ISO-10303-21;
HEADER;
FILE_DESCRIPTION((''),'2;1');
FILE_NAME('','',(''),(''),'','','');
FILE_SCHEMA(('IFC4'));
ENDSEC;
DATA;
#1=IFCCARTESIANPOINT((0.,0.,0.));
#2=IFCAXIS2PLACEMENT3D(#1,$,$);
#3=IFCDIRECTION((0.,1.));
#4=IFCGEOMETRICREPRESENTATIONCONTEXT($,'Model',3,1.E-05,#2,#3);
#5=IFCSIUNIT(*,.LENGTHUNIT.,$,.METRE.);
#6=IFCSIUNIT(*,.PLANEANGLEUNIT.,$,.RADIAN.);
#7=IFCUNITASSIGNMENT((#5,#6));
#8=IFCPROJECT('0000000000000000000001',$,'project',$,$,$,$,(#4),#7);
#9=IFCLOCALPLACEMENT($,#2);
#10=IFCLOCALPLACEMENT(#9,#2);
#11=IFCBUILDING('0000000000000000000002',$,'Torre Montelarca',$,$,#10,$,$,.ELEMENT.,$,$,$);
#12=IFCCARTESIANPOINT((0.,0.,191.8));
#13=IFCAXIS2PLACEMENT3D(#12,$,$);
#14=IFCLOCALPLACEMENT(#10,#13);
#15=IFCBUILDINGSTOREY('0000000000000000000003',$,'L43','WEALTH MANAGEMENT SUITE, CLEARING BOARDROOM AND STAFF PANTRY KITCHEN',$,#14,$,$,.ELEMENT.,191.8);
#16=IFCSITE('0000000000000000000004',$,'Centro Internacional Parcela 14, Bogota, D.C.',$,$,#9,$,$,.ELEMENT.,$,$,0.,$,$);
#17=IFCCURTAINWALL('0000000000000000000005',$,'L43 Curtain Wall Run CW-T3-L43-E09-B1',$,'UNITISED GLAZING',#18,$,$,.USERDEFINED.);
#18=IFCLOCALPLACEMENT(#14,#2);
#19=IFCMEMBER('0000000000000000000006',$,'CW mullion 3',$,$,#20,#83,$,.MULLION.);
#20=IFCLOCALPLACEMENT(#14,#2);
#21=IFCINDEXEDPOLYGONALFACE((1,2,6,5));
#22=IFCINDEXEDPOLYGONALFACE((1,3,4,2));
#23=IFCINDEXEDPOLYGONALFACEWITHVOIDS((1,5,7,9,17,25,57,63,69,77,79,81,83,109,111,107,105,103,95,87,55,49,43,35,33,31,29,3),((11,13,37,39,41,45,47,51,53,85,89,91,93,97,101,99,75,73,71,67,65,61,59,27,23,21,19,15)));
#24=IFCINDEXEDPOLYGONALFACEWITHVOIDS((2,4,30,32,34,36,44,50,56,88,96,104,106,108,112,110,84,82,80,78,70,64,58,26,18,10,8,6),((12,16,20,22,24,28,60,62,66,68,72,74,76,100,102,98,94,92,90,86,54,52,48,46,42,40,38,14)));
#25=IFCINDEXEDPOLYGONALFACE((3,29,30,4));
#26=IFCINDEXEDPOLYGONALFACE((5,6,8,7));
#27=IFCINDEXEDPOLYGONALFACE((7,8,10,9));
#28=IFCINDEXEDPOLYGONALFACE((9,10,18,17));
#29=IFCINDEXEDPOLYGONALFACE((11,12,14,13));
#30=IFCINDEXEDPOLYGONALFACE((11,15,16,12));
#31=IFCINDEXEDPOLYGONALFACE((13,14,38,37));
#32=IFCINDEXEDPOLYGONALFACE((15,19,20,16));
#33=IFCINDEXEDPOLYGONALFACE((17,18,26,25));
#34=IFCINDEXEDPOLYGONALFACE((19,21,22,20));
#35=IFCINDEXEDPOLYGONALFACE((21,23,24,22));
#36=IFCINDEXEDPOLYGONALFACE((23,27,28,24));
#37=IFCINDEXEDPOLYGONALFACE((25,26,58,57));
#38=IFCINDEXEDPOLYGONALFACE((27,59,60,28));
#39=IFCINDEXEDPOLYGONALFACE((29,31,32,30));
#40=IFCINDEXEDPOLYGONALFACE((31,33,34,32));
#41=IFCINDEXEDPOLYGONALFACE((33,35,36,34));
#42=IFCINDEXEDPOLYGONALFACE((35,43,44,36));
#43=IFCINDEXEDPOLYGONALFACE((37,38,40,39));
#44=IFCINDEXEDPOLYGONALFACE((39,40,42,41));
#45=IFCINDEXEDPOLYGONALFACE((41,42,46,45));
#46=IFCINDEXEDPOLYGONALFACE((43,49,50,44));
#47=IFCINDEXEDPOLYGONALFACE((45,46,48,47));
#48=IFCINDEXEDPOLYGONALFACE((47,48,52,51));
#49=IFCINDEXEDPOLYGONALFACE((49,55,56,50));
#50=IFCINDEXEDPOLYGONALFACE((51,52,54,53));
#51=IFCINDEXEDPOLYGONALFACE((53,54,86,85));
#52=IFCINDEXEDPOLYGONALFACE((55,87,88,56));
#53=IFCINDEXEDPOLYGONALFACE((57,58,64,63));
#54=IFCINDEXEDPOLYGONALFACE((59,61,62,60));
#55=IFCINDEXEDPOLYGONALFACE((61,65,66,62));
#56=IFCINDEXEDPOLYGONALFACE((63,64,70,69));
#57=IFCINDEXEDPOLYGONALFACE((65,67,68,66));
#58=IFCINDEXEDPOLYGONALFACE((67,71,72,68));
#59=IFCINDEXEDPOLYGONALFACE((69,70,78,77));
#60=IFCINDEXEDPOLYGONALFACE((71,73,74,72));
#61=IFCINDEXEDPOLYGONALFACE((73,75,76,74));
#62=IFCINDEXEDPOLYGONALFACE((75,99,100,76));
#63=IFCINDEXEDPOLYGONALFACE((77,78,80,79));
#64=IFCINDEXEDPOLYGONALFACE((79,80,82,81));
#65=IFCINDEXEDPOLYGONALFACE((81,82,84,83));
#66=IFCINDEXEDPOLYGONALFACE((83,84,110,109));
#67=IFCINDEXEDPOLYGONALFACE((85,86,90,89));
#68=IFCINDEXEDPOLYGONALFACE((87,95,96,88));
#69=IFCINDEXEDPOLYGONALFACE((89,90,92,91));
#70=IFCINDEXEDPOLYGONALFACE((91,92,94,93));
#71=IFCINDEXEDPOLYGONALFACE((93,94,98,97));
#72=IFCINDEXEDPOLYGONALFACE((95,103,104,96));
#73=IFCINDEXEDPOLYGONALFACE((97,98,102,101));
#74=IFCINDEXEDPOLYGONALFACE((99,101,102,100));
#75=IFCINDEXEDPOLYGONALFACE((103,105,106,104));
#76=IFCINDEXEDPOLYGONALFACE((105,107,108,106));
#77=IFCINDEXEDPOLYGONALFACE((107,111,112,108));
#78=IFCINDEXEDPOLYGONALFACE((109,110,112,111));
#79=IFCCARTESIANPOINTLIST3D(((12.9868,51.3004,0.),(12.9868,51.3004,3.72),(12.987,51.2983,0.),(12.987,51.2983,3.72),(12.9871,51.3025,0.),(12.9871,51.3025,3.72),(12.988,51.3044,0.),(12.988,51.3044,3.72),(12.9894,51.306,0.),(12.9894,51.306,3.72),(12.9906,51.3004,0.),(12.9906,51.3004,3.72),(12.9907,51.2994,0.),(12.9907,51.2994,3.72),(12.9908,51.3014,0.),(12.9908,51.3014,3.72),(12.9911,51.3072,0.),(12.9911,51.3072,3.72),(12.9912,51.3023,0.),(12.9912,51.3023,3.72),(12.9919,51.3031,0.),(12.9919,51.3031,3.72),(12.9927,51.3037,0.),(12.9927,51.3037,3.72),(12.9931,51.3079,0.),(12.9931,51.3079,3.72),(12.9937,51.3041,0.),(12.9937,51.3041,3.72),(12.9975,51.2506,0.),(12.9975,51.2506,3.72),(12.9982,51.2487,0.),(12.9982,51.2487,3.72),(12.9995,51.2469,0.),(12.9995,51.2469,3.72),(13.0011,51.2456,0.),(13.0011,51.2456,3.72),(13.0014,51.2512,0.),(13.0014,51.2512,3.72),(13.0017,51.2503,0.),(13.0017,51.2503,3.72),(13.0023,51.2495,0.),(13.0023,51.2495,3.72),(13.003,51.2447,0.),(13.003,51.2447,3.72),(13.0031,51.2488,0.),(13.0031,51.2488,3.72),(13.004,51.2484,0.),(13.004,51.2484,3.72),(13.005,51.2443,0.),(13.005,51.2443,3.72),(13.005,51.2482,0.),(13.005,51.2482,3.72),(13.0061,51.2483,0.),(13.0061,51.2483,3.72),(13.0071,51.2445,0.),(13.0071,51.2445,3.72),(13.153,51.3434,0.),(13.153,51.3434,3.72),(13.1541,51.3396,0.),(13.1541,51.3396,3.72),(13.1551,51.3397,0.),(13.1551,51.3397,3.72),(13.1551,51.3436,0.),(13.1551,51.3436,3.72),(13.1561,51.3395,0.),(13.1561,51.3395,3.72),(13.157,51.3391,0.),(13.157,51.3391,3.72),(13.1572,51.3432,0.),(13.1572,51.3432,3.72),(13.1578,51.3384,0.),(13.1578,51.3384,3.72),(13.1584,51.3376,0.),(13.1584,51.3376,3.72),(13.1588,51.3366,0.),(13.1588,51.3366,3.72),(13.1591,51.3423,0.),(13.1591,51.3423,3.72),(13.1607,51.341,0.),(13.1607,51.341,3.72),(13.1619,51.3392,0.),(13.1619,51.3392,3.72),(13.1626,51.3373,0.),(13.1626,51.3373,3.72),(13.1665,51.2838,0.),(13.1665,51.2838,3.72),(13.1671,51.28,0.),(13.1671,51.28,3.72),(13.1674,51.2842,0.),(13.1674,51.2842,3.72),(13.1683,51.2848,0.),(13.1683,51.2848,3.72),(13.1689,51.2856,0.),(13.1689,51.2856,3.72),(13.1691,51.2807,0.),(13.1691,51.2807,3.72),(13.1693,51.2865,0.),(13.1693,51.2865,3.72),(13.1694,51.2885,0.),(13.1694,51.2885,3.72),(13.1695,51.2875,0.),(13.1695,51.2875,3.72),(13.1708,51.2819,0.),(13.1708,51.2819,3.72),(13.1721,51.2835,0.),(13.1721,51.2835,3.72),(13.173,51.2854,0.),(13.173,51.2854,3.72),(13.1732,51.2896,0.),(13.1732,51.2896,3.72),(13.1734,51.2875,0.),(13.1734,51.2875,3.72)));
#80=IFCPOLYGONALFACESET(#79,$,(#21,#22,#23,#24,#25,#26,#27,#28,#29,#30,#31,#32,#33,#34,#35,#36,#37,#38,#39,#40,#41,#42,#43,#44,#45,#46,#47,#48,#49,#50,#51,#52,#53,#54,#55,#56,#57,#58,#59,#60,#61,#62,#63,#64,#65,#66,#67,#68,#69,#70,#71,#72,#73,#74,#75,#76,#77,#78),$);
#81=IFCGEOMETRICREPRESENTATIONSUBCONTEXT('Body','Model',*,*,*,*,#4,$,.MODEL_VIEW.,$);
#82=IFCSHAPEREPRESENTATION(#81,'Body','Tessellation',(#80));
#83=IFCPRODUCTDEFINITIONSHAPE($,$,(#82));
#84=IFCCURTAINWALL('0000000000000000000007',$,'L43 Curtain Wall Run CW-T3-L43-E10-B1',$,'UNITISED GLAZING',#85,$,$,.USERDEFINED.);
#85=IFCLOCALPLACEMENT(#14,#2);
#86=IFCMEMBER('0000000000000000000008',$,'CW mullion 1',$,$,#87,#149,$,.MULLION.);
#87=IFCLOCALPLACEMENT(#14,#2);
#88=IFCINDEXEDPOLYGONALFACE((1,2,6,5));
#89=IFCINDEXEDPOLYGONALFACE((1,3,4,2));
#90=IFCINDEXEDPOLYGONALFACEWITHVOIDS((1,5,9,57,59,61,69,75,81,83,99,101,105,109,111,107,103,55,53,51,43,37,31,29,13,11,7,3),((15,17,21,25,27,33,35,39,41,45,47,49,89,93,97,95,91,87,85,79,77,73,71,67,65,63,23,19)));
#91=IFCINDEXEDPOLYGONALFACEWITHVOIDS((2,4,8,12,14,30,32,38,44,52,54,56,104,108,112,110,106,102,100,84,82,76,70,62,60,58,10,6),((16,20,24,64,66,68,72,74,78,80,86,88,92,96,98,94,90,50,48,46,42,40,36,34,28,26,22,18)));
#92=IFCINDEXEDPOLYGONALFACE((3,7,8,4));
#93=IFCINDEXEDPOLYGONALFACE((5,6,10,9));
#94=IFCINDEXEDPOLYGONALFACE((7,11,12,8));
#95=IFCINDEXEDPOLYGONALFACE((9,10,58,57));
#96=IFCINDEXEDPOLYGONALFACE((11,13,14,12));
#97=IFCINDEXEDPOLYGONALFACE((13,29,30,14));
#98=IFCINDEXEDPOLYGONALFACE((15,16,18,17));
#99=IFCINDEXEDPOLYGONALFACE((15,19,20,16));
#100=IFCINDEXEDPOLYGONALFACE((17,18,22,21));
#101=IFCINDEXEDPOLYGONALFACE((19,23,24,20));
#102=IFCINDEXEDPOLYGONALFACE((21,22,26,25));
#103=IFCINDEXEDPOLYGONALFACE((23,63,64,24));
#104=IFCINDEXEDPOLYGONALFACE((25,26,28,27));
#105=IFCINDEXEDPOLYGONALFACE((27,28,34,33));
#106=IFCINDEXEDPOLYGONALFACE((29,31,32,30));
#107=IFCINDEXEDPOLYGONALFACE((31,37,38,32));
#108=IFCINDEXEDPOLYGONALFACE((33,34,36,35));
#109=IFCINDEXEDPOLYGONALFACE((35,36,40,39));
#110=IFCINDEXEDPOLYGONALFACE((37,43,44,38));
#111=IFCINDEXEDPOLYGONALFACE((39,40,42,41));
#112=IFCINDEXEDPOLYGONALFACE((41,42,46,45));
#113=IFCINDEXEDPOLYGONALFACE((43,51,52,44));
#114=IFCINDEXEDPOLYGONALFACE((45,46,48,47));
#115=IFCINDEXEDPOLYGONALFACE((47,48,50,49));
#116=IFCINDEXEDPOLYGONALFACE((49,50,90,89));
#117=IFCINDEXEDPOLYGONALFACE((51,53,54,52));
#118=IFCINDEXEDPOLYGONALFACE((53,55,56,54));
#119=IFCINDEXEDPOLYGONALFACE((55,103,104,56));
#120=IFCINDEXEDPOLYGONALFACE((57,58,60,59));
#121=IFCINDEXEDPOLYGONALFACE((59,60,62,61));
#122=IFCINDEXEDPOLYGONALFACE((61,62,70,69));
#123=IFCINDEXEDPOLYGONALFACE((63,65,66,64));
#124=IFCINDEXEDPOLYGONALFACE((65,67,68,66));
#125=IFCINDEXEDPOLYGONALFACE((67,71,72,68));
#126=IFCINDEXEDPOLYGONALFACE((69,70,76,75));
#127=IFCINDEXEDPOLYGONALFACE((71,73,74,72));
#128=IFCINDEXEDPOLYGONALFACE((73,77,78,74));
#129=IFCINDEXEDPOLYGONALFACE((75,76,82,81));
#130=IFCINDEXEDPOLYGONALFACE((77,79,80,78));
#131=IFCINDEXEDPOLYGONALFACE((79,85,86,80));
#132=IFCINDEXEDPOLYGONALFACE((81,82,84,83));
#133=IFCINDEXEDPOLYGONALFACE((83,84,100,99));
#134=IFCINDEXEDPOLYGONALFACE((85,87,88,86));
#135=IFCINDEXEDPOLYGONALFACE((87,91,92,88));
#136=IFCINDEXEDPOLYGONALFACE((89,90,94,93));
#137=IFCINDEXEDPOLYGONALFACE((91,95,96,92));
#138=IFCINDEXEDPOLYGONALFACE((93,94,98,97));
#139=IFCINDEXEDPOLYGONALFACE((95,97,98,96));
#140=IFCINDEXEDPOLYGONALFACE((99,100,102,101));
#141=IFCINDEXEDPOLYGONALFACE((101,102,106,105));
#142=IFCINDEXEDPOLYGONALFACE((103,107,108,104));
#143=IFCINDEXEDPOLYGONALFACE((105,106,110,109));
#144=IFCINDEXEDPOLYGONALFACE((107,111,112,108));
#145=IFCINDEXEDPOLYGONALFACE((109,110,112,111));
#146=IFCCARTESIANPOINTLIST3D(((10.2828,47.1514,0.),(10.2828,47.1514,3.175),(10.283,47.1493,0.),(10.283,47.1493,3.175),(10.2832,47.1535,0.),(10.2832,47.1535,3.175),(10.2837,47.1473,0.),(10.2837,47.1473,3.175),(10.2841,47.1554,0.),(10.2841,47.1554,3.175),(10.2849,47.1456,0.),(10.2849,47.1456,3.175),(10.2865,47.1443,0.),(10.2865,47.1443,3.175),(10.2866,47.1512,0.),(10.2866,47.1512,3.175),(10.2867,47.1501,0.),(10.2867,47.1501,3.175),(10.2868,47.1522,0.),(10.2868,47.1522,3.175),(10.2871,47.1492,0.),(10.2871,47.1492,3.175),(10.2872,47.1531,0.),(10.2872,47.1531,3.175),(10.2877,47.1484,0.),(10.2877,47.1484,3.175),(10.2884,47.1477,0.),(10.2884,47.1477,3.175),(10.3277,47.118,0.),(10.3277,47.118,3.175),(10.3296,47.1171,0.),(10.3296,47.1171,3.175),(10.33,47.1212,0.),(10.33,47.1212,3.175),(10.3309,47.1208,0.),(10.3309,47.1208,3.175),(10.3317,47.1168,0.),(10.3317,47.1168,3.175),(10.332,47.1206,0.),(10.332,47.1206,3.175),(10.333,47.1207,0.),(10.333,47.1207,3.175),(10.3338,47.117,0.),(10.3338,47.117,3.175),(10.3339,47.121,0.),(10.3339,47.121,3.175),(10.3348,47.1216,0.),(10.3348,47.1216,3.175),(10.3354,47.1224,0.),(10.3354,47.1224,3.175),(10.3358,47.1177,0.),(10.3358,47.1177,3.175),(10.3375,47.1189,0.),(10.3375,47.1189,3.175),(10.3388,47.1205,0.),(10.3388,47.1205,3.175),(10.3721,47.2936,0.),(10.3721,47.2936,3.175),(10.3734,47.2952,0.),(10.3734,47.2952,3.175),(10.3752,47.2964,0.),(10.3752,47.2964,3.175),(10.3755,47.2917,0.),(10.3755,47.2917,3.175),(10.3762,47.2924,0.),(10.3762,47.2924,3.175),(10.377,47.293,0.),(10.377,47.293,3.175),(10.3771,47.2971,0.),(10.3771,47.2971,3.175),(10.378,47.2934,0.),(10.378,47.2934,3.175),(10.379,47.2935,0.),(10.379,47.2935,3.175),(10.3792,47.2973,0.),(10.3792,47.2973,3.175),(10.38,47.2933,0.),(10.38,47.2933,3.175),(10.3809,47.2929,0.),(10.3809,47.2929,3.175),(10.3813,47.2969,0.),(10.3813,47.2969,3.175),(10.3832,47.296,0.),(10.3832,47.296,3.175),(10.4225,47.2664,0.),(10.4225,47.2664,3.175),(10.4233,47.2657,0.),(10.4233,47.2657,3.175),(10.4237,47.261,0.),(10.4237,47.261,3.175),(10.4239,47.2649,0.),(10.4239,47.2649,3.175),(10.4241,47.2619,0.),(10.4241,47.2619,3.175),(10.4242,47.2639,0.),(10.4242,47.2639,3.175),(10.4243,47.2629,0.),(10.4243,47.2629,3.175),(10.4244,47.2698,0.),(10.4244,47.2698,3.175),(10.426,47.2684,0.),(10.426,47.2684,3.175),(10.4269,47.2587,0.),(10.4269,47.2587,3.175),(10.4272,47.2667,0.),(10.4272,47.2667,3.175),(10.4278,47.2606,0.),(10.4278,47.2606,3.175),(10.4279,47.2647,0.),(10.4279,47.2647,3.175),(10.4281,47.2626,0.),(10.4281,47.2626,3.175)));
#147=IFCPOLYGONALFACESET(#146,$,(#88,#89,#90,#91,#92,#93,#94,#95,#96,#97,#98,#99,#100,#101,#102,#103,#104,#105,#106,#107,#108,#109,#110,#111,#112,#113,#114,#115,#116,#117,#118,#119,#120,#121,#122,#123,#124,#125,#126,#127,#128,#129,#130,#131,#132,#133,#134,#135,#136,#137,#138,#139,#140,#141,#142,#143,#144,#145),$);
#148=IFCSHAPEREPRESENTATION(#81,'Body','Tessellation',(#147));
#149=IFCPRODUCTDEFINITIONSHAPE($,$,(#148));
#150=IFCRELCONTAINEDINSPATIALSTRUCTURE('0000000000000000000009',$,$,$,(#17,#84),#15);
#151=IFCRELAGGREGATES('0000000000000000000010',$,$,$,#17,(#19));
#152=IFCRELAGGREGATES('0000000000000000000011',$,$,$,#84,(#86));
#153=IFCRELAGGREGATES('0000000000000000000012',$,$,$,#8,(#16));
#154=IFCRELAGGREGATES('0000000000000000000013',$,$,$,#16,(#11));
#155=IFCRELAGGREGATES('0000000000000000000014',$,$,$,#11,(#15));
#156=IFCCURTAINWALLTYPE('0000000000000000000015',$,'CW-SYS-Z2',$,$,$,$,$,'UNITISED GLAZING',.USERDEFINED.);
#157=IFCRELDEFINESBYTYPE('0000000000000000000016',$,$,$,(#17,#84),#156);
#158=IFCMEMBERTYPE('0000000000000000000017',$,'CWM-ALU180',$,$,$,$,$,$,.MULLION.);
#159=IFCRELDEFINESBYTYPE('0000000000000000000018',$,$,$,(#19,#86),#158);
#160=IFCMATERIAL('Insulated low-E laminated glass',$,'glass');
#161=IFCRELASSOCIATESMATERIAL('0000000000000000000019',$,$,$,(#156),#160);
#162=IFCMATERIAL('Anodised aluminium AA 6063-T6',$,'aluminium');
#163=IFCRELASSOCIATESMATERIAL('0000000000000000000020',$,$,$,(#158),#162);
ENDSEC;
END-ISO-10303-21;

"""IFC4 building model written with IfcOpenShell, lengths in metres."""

from ifc_helpers import new_model, si_unit, direction, frame, origin, origin_2d, place, context, subcontext, project, spatial, hollow_rectangle, extrude, source, transform, mapped, material, material_profile, profile_set, type_object, element, aggregate, save


model = new_model("IFC4")

# Units and contexts
model_context = context("Model", 3, precision=1e-05, world=origin(), true_north=direction((0.0, 1.0)))
body_context = subcontext(model_context, "Body", "Model", "MODEL_VIEW")
ifc_project = project(units=[si_unit("LENGTHUNIT", "METRE"), si_unit("PLANEANGLEUNIT", "RADIAN")], contexts=[model_context])

# Site, building, storey
site_placement = place(None, origin())
site = spatial("IfcSite", under=ifc_project, at=site_placement, Name="Centro Internacional Parcela 14, Bogota, D.C.", CompositionType="ELEMENT", RefElevation=0.0)
building_placement = place(site_placement, origin())
building = spatial("IfcBuilding", under=site, at=building_placement, Name="Torre Montelarca", CompositionType="ELEMENT")
storey_placement = place(building_placement, frame((0.0, 0.0, 191.8)))
storey = spatial("IfcBuildingStorey", under=building, at=storey_placement, Name="L43", Description="WEALTH MANAGEMENT SUITE, CLEARING BOARDROOM AND STAFF PANTRY KITCHEN", CompositionType="ELEMENT", Elevation=191.8)

# Curtain walls, members
ifc_material_1 = material(Name="Insulated low-E laminated glass", Category="glass")
curtain_wall_type = type_object("IfcCurtainWallType", Name="CW-SYS-Z2", ElementType="UNITISED GLAZING", PredefinedType="USERDEFINED", material=ifc_material_1)
curtain_wall_1_placement = place(storey_placement, origin())
curtain_wall_1 = element("IfcCurtainWall", 1, at=curtain_wall_1_placement, inside=storey, type_object=curtain_wall_type, Name="L43 Curtain Wall Run CW-T3-L43-E09-B1", ObjectType="UNITISED GLAZING", PredefinedType="USERDEFINED")
ifc_material_2 = material(Name="Anodised aluminium AA 6063-T6", Category="aluminium")
ifc_material_profile_1 = material_profile(ifc_material_2, hollow_rectangle(XDim=0.0649, YDim=0.1799, WallThickness=0.0039, InnerFilletRadius=0.0039, OuterFilletRadius=0.0081, at=origin_2d()), Name="ALU65X180X4", Category="aluminium")
ifc_profile_set_1 = profile_set([ifc_material_profile_1], Name="Anodised aluminium AA 6063-T6")
member_type_1 = type_object("IfcMemberType", Name="CWM-ALU180", PredefinedType="MULLION", material=ifc_profile_set_1)
shared_shape_1 = source(origin(), body_context, "Body", "SweptSolid", [
    extrude(hollow_rectangle(XDim=0.0649, YDim=0.1799, WallThickness=0.0039, InnerFilletRadius=0.0039, OuterFilletRadius=0.0081, at=origin_2d()), origin(), (0.0, 0.0, 1.0), 3.72),
])
member_1_placement = place(storey_placement, frame((13.0801, 51.2939, 0.0), z_axis=(0.0, 0.0, 1.0), x_axis=(0.216448, -0.976294, 0.0)))
member_1 = element("IfcMember", 2, at=member_1_placement, type_object=member_type_1, Name="CW mullion 3", PredefinedType="MULLION", context=body_context, shape_type="MappedRepresentation", body=[
    mapped(shared_shape_1, transform((0.0, 0.0, 0.0), scale=1.0)),
])
curtain_wall_2_placement = place(storey_placement, origin())
curtain_wall_2 = element("IfcCurtainWall", 3, at=curtain_wall_2_placement, inside=storey, type_object=curtain_wall_type, Name="L43 Curtain Wall Run CW-T3-L43-E10-B1", ObjectType="UNITISED GLAZING", PredefinedType="USERDEFINED")
shared_shape_2 = source(origin(), body_context, "Body", "SweptSolid", [
    extrude(hollow_rectangle(XDim=0.0649, YDim=0.1799, WallThickness=0.0039, InnerFilletRadius=0.0039, OuterFilletRadius=0.0081, at=origin_2d()), origin(), (0.0, 0.0, 1.0), 3.175),
])
member_2_placement = place(storey_placement, frame((10.3555, 47.207, 0.0), z_axis=(0.0, 0.0, 1.0), x_axis=(0.843386, -0.537309, 0.0)))
member_2 = element("IfcMember", 4, at=member_2_placement, type_object=member_type_1, Name="CW mullion 1", PredefinedType="MULLION", context=body_context, shape_type="MappedRepresentation", body=[
    mapped(shared_shape_2, transform((0.0, 0.0, 0.0), scale=1.0)),
])

aggregate(curtain_wall_1, [member_1])
aggregate(curtain_wall_2, [member_2])

save(model, "model.ifc")
